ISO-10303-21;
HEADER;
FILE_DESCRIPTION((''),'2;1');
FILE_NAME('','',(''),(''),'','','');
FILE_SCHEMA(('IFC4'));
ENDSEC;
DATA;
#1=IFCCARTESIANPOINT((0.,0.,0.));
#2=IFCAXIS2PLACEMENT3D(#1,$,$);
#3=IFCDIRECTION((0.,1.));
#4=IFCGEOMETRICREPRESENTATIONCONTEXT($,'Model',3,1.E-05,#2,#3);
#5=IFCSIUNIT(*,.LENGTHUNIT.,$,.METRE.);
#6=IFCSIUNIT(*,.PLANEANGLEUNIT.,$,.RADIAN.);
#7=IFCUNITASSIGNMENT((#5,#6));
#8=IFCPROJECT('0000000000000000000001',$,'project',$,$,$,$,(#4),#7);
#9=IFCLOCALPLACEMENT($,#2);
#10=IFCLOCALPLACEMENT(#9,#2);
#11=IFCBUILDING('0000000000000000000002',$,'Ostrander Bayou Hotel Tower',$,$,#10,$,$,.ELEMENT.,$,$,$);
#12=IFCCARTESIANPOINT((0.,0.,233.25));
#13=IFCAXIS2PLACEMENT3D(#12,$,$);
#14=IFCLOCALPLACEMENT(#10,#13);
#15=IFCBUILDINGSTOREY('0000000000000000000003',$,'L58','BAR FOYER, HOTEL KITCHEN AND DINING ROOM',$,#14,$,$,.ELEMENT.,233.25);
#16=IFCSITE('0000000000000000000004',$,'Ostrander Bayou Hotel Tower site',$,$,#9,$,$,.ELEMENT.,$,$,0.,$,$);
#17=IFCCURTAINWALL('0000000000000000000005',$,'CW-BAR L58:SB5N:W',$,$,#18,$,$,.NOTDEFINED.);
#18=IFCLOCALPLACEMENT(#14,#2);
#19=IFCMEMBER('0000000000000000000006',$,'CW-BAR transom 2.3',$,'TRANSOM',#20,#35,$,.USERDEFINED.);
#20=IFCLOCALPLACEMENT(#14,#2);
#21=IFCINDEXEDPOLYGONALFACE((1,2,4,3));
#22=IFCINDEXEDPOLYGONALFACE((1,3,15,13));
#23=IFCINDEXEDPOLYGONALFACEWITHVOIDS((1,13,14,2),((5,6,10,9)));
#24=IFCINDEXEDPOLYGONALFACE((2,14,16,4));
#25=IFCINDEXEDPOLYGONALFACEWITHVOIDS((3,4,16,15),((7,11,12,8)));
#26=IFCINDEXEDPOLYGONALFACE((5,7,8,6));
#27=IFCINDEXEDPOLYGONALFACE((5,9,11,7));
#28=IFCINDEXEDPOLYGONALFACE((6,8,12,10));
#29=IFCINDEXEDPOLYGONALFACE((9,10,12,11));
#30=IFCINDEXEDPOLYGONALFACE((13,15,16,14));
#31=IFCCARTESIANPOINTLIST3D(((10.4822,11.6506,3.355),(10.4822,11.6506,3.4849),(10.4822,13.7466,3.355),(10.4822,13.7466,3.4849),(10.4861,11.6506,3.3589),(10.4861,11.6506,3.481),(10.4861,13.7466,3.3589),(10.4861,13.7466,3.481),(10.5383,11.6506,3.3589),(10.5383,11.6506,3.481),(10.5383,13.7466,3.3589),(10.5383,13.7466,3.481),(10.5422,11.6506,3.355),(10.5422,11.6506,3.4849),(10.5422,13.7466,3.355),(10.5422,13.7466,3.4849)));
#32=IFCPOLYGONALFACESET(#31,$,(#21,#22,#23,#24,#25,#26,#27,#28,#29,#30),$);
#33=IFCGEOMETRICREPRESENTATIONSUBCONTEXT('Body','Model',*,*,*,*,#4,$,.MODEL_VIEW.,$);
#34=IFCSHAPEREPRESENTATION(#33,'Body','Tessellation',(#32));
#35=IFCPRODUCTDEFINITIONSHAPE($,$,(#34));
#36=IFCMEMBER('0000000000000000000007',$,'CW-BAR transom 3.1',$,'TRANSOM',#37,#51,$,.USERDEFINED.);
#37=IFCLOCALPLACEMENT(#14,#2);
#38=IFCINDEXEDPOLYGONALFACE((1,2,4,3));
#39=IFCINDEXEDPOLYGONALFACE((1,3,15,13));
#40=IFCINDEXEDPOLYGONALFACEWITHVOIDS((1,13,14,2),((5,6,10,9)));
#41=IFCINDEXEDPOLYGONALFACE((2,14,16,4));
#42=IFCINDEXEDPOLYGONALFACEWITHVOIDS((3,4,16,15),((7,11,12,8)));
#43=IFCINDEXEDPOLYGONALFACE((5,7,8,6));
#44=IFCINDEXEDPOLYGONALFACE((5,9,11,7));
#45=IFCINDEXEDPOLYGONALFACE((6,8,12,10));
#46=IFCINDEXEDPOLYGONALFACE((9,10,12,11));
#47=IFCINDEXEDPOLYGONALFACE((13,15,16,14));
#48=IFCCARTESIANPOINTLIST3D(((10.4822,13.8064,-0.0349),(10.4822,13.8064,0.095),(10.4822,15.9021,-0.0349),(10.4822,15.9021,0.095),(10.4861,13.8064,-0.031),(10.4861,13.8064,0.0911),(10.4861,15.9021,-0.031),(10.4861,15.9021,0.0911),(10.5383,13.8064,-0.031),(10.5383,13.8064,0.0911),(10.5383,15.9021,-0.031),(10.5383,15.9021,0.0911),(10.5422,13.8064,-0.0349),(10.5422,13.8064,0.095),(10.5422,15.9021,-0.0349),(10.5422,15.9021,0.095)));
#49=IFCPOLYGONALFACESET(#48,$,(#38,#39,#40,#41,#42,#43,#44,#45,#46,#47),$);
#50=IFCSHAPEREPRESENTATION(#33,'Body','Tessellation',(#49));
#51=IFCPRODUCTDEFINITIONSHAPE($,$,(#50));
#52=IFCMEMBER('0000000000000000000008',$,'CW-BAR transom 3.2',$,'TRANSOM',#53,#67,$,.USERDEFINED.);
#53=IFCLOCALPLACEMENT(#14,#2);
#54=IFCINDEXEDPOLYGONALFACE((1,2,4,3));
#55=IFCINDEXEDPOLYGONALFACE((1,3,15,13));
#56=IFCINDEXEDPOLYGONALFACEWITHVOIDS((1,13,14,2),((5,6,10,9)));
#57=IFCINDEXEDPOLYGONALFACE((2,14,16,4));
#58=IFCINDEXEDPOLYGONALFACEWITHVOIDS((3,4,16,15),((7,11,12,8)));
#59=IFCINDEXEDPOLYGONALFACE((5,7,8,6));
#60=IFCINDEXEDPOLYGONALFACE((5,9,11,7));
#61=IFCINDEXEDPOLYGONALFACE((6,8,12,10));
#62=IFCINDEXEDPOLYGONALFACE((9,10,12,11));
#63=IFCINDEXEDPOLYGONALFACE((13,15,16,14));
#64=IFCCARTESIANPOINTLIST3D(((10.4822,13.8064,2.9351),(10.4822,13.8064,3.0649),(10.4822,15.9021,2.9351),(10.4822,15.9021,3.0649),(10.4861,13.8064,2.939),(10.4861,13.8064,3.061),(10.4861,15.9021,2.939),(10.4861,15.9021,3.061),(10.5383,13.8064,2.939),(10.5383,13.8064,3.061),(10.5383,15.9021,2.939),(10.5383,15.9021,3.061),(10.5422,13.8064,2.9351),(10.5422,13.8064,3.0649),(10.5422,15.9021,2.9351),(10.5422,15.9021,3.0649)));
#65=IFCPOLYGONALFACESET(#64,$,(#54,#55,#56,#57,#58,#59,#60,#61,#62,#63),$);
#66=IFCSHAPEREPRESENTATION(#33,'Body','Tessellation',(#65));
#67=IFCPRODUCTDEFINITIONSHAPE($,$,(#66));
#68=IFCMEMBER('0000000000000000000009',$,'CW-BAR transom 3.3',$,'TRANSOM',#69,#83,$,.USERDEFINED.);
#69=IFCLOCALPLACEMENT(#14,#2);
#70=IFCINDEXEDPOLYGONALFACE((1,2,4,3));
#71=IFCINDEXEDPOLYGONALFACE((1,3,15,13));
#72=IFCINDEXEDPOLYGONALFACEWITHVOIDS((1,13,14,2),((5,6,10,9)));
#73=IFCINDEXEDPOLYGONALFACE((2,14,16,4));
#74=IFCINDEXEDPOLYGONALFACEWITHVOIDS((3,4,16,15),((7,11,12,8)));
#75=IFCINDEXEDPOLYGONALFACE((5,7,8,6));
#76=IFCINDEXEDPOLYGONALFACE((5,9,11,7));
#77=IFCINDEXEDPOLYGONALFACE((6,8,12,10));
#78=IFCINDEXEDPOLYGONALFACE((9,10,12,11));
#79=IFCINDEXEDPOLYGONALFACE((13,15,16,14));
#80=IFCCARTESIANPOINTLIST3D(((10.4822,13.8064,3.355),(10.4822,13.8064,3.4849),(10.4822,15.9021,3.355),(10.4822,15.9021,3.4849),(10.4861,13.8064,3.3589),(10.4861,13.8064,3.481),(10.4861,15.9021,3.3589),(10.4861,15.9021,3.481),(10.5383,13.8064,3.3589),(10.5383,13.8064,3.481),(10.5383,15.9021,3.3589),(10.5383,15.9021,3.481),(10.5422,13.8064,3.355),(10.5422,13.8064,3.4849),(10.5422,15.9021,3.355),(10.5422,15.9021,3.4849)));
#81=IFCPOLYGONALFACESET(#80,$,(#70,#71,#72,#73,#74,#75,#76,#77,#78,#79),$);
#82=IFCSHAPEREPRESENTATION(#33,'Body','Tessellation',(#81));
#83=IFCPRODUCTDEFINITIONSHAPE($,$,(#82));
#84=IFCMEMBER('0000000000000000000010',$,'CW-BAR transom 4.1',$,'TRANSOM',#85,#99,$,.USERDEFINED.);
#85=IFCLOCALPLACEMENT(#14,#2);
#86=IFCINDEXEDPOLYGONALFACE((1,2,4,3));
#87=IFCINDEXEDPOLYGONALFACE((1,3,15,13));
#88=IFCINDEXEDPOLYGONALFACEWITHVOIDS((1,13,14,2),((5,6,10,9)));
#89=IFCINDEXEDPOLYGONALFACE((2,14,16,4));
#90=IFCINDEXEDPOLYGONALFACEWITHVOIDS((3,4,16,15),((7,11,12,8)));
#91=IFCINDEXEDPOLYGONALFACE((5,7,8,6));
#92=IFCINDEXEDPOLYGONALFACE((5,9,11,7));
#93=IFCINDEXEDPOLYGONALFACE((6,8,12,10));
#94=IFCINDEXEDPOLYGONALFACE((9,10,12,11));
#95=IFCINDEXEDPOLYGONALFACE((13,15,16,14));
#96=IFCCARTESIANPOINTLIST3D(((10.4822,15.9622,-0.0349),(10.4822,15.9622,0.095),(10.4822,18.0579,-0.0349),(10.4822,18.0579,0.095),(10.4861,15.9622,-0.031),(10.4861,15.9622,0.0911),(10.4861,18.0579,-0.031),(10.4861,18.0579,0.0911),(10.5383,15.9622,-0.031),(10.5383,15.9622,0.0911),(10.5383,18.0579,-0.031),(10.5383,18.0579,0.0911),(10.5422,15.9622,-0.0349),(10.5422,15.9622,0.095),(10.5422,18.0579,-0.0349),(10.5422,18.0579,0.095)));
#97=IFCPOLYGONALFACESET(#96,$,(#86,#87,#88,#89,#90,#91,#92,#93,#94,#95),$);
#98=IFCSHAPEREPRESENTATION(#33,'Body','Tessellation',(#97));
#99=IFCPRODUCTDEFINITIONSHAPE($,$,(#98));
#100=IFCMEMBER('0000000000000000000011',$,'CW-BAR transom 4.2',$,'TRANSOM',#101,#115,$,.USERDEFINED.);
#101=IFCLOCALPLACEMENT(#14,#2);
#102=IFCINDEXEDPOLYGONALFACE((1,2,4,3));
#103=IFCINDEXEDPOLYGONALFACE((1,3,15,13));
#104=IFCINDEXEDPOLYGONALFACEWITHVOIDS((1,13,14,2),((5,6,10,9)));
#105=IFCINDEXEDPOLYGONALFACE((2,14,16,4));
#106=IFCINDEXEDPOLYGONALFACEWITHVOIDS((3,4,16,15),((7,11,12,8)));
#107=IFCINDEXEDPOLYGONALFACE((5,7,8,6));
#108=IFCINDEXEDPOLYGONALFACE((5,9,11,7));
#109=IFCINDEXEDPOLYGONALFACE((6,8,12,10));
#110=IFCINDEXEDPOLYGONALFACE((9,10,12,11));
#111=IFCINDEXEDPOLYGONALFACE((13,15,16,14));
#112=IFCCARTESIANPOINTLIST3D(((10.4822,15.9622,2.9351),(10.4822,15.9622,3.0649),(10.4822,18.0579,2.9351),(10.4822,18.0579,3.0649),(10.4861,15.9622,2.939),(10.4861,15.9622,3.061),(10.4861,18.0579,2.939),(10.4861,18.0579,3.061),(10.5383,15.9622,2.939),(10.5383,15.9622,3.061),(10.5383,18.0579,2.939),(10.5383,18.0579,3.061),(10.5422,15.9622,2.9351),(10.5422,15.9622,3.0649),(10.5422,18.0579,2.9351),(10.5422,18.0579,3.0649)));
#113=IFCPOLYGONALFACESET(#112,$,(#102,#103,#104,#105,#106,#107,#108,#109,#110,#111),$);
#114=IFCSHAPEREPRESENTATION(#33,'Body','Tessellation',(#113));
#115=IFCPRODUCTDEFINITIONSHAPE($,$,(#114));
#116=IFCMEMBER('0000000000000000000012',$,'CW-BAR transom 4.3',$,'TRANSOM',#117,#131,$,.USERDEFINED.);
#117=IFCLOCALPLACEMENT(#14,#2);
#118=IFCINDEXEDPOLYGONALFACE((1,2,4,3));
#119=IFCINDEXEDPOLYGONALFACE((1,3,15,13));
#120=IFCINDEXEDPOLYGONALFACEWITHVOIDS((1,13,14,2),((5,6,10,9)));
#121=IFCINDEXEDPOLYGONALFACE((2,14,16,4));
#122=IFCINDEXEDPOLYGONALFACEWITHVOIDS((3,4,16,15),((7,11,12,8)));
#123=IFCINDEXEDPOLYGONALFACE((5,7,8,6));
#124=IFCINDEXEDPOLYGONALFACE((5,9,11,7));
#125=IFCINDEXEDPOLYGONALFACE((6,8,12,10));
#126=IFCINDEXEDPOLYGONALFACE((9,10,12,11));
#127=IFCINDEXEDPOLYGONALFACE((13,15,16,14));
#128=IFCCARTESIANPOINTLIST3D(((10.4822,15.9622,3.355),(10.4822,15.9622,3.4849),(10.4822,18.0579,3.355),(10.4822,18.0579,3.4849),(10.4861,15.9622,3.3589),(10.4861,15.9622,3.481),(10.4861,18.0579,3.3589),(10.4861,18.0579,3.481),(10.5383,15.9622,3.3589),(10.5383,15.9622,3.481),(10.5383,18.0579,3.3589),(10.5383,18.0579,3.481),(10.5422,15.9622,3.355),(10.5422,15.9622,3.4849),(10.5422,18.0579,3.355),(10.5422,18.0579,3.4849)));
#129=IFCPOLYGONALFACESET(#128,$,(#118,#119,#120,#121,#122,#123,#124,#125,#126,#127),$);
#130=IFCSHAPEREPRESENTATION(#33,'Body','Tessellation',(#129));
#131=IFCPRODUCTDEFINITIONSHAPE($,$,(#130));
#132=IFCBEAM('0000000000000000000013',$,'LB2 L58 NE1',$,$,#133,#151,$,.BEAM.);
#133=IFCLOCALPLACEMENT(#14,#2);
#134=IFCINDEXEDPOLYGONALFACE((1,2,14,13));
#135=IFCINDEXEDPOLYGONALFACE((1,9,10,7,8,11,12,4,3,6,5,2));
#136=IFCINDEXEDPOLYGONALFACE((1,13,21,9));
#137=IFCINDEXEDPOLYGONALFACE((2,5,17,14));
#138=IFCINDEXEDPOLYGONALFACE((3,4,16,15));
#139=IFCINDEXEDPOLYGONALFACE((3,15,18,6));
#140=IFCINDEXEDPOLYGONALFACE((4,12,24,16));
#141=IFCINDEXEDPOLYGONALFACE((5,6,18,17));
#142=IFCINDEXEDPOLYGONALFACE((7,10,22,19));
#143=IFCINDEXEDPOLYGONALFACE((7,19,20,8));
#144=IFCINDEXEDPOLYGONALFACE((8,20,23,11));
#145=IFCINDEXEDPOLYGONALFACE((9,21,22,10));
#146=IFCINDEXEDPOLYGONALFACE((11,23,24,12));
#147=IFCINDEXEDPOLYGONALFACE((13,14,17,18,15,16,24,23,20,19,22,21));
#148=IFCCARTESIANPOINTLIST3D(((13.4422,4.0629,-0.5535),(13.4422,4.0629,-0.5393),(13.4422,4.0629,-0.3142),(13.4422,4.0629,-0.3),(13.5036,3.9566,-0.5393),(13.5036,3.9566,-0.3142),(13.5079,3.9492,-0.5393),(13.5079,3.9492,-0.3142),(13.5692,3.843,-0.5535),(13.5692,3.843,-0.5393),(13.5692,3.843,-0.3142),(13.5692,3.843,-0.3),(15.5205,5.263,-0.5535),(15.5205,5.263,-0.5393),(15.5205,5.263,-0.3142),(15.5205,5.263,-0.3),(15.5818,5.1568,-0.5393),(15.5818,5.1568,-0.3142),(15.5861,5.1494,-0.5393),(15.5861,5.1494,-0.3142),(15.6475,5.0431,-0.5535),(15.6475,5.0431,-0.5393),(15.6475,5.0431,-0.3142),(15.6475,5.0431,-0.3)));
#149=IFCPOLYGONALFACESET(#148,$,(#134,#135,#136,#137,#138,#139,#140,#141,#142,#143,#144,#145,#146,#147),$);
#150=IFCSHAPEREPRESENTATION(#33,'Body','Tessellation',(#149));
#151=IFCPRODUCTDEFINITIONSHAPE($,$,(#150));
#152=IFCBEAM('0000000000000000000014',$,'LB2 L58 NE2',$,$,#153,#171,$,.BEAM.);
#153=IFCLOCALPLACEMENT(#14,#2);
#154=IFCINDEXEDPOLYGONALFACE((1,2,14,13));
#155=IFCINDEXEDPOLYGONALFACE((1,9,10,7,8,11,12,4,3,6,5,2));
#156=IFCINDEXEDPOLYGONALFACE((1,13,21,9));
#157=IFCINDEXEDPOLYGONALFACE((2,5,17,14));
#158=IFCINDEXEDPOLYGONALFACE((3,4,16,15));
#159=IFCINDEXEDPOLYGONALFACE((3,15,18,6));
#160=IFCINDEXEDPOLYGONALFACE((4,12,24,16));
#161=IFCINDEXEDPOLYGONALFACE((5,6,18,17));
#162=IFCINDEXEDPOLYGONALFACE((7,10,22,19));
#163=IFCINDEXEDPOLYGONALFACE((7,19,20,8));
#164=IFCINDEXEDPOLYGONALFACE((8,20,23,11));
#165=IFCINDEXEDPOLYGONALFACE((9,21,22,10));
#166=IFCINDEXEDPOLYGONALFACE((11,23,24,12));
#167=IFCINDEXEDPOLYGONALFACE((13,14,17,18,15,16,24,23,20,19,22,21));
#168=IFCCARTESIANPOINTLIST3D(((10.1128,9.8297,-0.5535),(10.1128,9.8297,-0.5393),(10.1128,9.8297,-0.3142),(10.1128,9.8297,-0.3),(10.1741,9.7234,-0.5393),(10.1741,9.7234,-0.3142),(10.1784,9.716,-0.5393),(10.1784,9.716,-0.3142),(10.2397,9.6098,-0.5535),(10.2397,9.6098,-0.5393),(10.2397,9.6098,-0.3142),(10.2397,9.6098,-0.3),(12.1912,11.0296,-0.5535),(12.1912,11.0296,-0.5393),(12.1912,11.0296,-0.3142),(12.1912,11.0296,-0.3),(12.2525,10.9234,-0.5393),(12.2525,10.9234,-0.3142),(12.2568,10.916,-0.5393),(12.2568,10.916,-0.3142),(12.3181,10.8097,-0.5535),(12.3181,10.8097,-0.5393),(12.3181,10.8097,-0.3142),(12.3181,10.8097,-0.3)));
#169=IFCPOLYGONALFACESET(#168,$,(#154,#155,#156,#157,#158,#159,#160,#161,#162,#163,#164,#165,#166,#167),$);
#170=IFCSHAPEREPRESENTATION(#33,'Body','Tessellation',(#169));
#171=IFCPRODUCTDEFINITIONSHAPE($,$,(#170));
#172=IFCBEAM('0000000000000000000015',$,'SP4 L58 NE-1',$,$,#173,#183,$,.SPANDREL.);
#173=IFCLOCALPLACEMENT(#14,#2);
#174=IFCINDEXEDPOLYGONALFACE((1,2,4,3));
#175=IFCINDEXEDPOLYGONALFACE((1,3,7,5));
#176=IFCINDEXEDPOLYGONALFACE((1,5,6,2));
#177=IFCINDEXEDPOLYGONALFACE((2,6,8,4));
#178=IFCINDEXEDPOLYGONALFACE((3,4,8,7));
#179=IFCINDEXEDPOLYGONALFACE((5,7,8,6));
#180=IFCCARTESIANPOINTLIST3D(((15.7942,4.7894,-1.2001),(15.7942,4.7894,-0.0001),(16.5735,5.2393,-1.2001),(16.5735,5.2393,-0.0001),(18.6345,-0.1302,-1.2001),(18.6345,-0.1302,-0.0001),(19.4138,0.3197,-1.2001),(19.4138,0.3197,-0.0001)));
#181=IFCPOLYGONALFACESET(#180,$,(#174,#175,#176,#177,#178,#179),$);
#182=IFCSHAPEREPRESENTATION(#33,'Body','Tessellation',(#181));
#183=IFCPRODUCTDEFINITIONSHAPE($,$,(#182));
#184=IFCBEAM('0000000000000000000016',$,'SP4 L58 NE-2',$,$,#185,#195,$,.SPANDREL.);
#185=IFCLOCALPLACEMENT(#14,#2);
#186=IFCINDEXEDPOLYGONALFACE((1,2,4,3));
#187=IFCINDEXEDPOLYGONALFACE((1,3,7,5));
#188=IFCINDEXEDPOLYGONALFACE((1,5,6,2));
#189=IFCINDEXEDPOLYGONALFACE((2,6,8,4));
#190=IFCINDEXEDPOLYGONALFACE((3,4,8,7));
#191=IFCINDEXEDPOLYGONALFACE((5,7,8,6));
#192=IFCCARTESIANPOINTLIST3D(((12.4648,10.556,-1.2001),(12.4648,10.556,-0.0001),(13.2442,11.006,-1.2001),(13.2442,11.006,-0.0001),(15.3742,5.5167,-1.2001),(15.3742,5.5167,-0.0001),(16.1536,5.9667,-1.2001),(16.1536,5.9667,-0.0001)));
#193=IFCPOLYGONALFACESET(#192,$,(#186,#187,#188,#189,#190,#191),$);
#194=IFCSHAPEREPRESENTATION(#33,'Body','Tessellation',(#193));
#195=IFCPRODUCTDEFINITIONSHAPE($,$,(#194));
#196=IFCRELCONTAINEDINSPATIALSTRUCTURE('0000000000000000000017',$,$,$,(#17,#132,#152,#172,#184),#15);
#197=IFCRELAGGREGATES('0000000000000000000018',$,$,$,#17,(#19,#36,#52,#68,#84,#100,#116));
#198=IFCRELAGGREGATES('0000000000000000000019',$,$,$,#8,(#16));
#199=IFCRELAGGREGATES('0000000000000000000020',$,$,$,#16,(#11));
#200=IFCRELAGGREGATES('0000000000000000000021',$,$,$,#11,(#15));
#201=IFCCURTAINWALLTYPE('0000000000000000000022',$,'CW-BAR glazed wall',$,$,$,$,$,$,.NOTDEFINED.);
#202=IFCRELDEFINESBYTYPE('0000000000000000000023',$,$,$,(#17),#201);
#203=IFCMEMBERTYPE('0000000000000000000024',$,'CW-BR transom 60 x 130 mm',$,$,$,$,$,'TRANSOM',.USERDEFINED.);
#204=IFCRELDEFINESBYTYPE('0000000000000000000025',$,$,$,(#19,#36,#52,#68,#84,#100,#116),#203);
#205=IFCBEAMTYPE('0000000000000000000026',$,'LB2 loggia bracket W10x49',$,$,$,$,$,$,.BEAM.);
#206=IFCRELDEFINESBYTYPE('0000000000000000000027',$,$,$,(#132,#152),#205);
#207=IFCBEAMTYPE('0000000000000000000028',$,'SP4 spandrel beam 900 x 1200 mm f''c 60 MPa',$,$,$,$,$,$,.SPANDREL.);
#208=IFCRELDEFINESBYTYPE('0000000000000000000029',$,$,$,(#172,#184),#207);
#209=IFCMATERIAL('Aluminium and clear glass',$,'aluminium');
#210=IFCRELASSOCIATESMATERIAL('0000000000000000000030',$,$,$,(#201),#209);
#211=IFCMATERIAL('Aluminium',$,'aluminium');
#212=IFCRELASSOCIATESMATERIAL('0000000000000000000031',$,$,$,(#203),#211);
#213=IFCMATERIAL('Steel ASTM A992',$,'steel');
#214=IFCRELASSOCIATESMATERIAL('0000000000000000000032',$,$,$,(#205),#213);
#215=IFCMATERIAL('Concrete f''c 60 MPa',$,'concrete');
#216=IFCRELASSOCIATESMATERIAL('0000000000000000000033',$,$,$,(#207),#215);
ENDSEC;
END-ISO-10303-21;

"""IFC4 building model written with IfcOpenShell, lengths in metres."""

from ifc_helpers import new_model, si_unit, direction, frame, origin, origin_2d, place, context, subcontext, project, spatial, rectangle, hollow_rectangle, i_section, extrude, material, material_profile, profile_set, type_object, element, aggregate, save


model = new_model("IFC4")

# Units and contexts
model_context = context("Model", 3, precision=1e-05, world=origin(), true_north=direction((0.0, 1.0)))
body_context = subcontext(model_context, "Body", "Model", "MODEL_VIEW")
ifc_project = project(units=[si_unit("LENGTHUNIT", "METRE"), si_unit("PLANEANGLEUNIT", "RADIAN")], contexts=[model_context])

# Site, building, storey
site_placement = place(None, origin())
site = spatial("IfcSite", under=ifc_project, at=site_placement, Name="Ostrander Bayou Hotel Tower site", CompositionType="ELEMENT", RefElevation=0.0)
building_placement = place(site_placement, origin())
building = spatial("IfcBuilding", under=site, at=building_placement, Name="Ostrander Bayou Hotel Tower", CompositionType="ELEMENT")
storey_placement = place(building_placement, frame((0.0, 0.0, 233.25)))
storey = spatial("IfcBuildingStorey", under=building, at=storey_placement, Name="L58", Description="BAR FOYER, HOTEL KITCHEN AND DINING ROOM", CompositionType="ELEMENT", Elevation=233.25)

# Curtain wall, members
ifc_material_1 = material(Name="Aluminium and clear glass", Category="aluminium")
curtain_wall_type = type_object("IfcCurtainWallType", Name="CW-BAR glazed wall", PredefinedType="NOTDEFINED", material=ifc_material_1)
curtain_wall_placement = place(storey_placement, origin())
curtain_wall = element("IfcCurtainWall", 1, at=curtain_wall_placement, inside=storey, type_object=curtain_wall_type, Name="CW-BAR L58:SB5N:W", PredefinedType="NOTDEFINED")
ifc_material_2 = material(Name="Aluminium", Category="aluminium")
ifc_material_profile_1 = material_profile(ifc_material_2, hollow_rectangle(XDim=0.0601, YDim=0.1299, WallThickness=0.0039, at=origin_2d()))
ifc_profile_set_1 = profile_set([ifc_material_profile_1], Name="Aluminium")
member_type_1 = type_object("IfcMemberType", Name="CW-BR transom 60 x 130 mm", ElementType="TRANSOM", PredefinedType="USERDEFINED", material=ifc_profile_set_1)
member_1_placement = place(storey_placement, frame((10.5122, 11.6506, 3.4199), z_axis=(0.0, 1.0, 0.0), x_axis=(-1.0, 0.0, 0.0)))
member_1 = element("IfcMember", 2, at=member_1_placement, type_object=member_type_1, Name="CW-BAR transom 2.3", ObjectType="TRANSOM", PredefinedType="USERDEFINED", context=body_context, shape_type="SweptSolid", body=[
    extrude(hollow_rectangle(XDim=0.0601, YDim=0.1299, WallThickness=0.0039, at=origin_2d()), origin(), (0.0, 0.0, 1.0), 2.0959),
])
member_2_placement = place(storey_placement, frame((10.5122, 13.8064, 0.03), z_axis=(0.0, 1.0, 0.0), x_axis=(-1.0, 0.0, 0.0)))
member_2 = element("IfcMember", 3, at=member_2_placement, type_object=member_type_1, Name="CW-BAR transom 3.1", ObjectType="TRANSOM", PredefinedType="USERDEFINED", context=body_context, shape_type="SweptSolid", body=[
    extrude(hollow_rectangle(XDim=0.0601, YDim=0.1299, WallThickness=0.0039, at=origin_2d()), origin(), (0.0, 0.0, 1.0), 2.0957),
])
member_3_placement = place(storey_placement, frame((10.5122, 13.8064, 3.0), z_axis=(0.0, 1.0, 0.0), x_axis=(-1.0, 0.0, 0.0)))
member_3 = element("IfcMember", 4, at=member_3_placement, type_object=member_type_1, Name="CW-BAR transom 3.2", ObjectType="TRANSOM", PredefinedType="USERDEFINED", context=body_context, shape_type="SweptSolid", body=[
    extrude(hollow_rectangle(XDim=0.0601, YDim=0.1299, WallThickness=0.0039, at=origin_2d()), origin(), (0.0, 0.0, 1.0), 2.0957),
])
member_4_placement = place(storey_placement, frame((10.5122, 13.8064, 3.4199), z_axis=(0.0, 1.0, 0.0), x_axis=(-1.0, 0.0, 0.0)))
member_4 = element("IfcMember", 5, at=member_4_placement, type_object=member_type_1, Name="CW-BAR transom 3.3", ObjectType="TRANSOM", PredefinedType="USERDEFINED", context=body_context, shape_type="SweptSolid", body=[
    extrude(hollow_rectangle(XDim=0.0601, YDim=0.1299, WallThickness=0.0039, at=origin_2d()), origin(), (0.0, 0.0, 1.0), 2.0957),
])
member_5_placement = place(storey_placement, frame((10.5122, 15.9622, 0.03), z_axis=(0.0, 1.0, 0.0), x_axis=(-1.0, 0.0, 0.0)))
member_5 = element("IfcMember", 6, at=member_5_placement, type_object=member_type_1, Name="CW-BAR transom 4.1", ObjectType="TRANSOM", PredefinedType="USERDEFINED", context=body_context, shape_type="SweptSolid", body=[
    extrude(hollow_rectangle(XDim=0.0601, YDim=0.1299, WallThickness=0.0039, at=origin_2d()), origin(), (0.0, 0.0, 1.0), 2.0957),
])
member_6_placement = place(storey_placement, frame((10.5122, 15.9622, 3.0), z_axis=(0.0, 1.0, 0.0), x_axis=(-1.0, 0.0, 0.0)))
member_6 = element("IfcMember", 7, at=member_6_placement, type_object=member_type_1, Name="CW-BAR transom 4.2", ObjectType="TRANSOM", PredefinedType="USERDEFINED", context=body_context, shape_type="SweptSolid", body=[
    extrude(hollow_rectangle(XDim=0.0601, YDim=0.1299, WallThickness=0.0039, at=origin_2d()), origin(), (0.0, 0.0, 1.0), 2.0957),
])
member_7_placement = place(storey_placement, frame((10.5122, 15.9622, 3.4199), z_axis=(0.0, 1.0, 0.0), x_axis=(-1.0, 0.0, 0.0)))
member_7 = element("IfcMember", 8, at=member_7_placement, type_object=member_type_1, Name="CW-BAR transom 4.3", ObjectType="TRANSOM", PredefinedType="USERDEFINED", context=body_context, shape_type="SweptSolid", body=[
    extrude(hollow_rectangle(XDim=0.0601, YDim=0.1299, WallThickness=0.0039, at=origin_2d()), origin(), (0.0, 0.0, 1.0), 2.0957),
])

# Beams
ifc_material_3 = material(Name="Steel ASTM A992", Category="steel")
ifc_material_profile_2 = material_profile(ifc_material_3, i_section(OverallWidth=0.2539, OverallDepth=0.2534, WebThickness=0.0085, FlangeThickness=0.0142, at=origin_2d()))
ifc_profile_set_2 = profile_set([ifc_material_profile_2], Name="Steel ASTM A992")
beam_type_1 = type_object("IfcBeamType", Name="LB2 loggia bracket W10x49", PredefinedType="BEAM", material=ifc_profile_set_2)
for number, where, z_axis, x_axis, name in (
    (9, (15.584, 5.1531, -0.4268), (-0.865981, -0.500078, 0.0), (0.500078, -0.865981, 0.0), "LB2 L58 NE1"),
    (10, (12.2546, 10.9197, -0.4268), (-0.866025, -0.500001, 0.0), (0.500001, -0.866025, 0.0), "LB2 L58 NE2"),
):
    element("IfcBeam", number, at=place(storey_placement, frame(where, z_axis=z_axis, x_axis=x_axis)), inside=storey, type_object=beam_type_1, Name=name, PredefinedType="BEAM", context=body_context, shape_type="SweptSolid", body=[
        extrude(i_section(OverallWidth=0.2539, OverallDepth=0.2534, WebThickness=0.0085, FlangeThickness=0.0142, at=origin_2d()), origin(), (0.0, 0.0, 1.0), 2.3999),
    ])
ifc_material_4 = material(Name="Concrete f'c 60 MPa", Category="concrete")
ifc_material_profile_3 = material_profile(ifc_material_4, rectangle(XDim=0.8999, YDim=1.2, at=origin_2d()))
ifc_profile_set_3 = profile_set([ifc_material_profile_3], Name="Concrete f'c 60 MPa")
beam_type_2 = type_object("IfcBeamType", Name="SP4 spandrel beam 900 x 1200 mm f'c 60 MPa", PredefinedType="SPANDREL", material=ifc_profile_set_3)
beam_1_placement = place(storey_placement, frame((19.0242, 0.0947, -0.6001), z_axis=(-0.499994, 0.866029, 0.0), x_axis=(-0.866029, -0.499994, 0.0)))
element("IfcBeam", 11, at=beam_1_placement, inside=storey, type_object=beam_type_2, Name="SP4 L58 NE-1", PredefinedType="SPANDREL", context=body_context, shape_type="SweptSolid", body=[
    extrude(rectangle(XDim=0.8999, YDim=1.2, at=origin_2d()), origin(), (0.0, 0.0, 1.0), 5.6807),
])
beam_2_placement = place(storey_placement, frame((15.7639, 5.7417, -0.6001), z_axis=(-0.499997, 0.866027, 0.0), x_axis=(-0.866027, -0.499997, 0.0)))
element("IfcBeam", 12, at=beam_2_placement, inside=storey, type_object=beam_type_2, Name="SP4 L58 NE-2", PredefinedType="SPANDREL", context=body_context, shape_type="SweptSolid", body=[
    extrude(rectangle(XDim=0.8999, YDim=1.2, at=origin_2d()), origin(), (0.0, 0.0, 1.0), 5.8188),
])

aggregate(curtain_wall, [member_1, member_2, member_3, member_4, member_5, member_6, member_7])

save(model, "model.ifc")
